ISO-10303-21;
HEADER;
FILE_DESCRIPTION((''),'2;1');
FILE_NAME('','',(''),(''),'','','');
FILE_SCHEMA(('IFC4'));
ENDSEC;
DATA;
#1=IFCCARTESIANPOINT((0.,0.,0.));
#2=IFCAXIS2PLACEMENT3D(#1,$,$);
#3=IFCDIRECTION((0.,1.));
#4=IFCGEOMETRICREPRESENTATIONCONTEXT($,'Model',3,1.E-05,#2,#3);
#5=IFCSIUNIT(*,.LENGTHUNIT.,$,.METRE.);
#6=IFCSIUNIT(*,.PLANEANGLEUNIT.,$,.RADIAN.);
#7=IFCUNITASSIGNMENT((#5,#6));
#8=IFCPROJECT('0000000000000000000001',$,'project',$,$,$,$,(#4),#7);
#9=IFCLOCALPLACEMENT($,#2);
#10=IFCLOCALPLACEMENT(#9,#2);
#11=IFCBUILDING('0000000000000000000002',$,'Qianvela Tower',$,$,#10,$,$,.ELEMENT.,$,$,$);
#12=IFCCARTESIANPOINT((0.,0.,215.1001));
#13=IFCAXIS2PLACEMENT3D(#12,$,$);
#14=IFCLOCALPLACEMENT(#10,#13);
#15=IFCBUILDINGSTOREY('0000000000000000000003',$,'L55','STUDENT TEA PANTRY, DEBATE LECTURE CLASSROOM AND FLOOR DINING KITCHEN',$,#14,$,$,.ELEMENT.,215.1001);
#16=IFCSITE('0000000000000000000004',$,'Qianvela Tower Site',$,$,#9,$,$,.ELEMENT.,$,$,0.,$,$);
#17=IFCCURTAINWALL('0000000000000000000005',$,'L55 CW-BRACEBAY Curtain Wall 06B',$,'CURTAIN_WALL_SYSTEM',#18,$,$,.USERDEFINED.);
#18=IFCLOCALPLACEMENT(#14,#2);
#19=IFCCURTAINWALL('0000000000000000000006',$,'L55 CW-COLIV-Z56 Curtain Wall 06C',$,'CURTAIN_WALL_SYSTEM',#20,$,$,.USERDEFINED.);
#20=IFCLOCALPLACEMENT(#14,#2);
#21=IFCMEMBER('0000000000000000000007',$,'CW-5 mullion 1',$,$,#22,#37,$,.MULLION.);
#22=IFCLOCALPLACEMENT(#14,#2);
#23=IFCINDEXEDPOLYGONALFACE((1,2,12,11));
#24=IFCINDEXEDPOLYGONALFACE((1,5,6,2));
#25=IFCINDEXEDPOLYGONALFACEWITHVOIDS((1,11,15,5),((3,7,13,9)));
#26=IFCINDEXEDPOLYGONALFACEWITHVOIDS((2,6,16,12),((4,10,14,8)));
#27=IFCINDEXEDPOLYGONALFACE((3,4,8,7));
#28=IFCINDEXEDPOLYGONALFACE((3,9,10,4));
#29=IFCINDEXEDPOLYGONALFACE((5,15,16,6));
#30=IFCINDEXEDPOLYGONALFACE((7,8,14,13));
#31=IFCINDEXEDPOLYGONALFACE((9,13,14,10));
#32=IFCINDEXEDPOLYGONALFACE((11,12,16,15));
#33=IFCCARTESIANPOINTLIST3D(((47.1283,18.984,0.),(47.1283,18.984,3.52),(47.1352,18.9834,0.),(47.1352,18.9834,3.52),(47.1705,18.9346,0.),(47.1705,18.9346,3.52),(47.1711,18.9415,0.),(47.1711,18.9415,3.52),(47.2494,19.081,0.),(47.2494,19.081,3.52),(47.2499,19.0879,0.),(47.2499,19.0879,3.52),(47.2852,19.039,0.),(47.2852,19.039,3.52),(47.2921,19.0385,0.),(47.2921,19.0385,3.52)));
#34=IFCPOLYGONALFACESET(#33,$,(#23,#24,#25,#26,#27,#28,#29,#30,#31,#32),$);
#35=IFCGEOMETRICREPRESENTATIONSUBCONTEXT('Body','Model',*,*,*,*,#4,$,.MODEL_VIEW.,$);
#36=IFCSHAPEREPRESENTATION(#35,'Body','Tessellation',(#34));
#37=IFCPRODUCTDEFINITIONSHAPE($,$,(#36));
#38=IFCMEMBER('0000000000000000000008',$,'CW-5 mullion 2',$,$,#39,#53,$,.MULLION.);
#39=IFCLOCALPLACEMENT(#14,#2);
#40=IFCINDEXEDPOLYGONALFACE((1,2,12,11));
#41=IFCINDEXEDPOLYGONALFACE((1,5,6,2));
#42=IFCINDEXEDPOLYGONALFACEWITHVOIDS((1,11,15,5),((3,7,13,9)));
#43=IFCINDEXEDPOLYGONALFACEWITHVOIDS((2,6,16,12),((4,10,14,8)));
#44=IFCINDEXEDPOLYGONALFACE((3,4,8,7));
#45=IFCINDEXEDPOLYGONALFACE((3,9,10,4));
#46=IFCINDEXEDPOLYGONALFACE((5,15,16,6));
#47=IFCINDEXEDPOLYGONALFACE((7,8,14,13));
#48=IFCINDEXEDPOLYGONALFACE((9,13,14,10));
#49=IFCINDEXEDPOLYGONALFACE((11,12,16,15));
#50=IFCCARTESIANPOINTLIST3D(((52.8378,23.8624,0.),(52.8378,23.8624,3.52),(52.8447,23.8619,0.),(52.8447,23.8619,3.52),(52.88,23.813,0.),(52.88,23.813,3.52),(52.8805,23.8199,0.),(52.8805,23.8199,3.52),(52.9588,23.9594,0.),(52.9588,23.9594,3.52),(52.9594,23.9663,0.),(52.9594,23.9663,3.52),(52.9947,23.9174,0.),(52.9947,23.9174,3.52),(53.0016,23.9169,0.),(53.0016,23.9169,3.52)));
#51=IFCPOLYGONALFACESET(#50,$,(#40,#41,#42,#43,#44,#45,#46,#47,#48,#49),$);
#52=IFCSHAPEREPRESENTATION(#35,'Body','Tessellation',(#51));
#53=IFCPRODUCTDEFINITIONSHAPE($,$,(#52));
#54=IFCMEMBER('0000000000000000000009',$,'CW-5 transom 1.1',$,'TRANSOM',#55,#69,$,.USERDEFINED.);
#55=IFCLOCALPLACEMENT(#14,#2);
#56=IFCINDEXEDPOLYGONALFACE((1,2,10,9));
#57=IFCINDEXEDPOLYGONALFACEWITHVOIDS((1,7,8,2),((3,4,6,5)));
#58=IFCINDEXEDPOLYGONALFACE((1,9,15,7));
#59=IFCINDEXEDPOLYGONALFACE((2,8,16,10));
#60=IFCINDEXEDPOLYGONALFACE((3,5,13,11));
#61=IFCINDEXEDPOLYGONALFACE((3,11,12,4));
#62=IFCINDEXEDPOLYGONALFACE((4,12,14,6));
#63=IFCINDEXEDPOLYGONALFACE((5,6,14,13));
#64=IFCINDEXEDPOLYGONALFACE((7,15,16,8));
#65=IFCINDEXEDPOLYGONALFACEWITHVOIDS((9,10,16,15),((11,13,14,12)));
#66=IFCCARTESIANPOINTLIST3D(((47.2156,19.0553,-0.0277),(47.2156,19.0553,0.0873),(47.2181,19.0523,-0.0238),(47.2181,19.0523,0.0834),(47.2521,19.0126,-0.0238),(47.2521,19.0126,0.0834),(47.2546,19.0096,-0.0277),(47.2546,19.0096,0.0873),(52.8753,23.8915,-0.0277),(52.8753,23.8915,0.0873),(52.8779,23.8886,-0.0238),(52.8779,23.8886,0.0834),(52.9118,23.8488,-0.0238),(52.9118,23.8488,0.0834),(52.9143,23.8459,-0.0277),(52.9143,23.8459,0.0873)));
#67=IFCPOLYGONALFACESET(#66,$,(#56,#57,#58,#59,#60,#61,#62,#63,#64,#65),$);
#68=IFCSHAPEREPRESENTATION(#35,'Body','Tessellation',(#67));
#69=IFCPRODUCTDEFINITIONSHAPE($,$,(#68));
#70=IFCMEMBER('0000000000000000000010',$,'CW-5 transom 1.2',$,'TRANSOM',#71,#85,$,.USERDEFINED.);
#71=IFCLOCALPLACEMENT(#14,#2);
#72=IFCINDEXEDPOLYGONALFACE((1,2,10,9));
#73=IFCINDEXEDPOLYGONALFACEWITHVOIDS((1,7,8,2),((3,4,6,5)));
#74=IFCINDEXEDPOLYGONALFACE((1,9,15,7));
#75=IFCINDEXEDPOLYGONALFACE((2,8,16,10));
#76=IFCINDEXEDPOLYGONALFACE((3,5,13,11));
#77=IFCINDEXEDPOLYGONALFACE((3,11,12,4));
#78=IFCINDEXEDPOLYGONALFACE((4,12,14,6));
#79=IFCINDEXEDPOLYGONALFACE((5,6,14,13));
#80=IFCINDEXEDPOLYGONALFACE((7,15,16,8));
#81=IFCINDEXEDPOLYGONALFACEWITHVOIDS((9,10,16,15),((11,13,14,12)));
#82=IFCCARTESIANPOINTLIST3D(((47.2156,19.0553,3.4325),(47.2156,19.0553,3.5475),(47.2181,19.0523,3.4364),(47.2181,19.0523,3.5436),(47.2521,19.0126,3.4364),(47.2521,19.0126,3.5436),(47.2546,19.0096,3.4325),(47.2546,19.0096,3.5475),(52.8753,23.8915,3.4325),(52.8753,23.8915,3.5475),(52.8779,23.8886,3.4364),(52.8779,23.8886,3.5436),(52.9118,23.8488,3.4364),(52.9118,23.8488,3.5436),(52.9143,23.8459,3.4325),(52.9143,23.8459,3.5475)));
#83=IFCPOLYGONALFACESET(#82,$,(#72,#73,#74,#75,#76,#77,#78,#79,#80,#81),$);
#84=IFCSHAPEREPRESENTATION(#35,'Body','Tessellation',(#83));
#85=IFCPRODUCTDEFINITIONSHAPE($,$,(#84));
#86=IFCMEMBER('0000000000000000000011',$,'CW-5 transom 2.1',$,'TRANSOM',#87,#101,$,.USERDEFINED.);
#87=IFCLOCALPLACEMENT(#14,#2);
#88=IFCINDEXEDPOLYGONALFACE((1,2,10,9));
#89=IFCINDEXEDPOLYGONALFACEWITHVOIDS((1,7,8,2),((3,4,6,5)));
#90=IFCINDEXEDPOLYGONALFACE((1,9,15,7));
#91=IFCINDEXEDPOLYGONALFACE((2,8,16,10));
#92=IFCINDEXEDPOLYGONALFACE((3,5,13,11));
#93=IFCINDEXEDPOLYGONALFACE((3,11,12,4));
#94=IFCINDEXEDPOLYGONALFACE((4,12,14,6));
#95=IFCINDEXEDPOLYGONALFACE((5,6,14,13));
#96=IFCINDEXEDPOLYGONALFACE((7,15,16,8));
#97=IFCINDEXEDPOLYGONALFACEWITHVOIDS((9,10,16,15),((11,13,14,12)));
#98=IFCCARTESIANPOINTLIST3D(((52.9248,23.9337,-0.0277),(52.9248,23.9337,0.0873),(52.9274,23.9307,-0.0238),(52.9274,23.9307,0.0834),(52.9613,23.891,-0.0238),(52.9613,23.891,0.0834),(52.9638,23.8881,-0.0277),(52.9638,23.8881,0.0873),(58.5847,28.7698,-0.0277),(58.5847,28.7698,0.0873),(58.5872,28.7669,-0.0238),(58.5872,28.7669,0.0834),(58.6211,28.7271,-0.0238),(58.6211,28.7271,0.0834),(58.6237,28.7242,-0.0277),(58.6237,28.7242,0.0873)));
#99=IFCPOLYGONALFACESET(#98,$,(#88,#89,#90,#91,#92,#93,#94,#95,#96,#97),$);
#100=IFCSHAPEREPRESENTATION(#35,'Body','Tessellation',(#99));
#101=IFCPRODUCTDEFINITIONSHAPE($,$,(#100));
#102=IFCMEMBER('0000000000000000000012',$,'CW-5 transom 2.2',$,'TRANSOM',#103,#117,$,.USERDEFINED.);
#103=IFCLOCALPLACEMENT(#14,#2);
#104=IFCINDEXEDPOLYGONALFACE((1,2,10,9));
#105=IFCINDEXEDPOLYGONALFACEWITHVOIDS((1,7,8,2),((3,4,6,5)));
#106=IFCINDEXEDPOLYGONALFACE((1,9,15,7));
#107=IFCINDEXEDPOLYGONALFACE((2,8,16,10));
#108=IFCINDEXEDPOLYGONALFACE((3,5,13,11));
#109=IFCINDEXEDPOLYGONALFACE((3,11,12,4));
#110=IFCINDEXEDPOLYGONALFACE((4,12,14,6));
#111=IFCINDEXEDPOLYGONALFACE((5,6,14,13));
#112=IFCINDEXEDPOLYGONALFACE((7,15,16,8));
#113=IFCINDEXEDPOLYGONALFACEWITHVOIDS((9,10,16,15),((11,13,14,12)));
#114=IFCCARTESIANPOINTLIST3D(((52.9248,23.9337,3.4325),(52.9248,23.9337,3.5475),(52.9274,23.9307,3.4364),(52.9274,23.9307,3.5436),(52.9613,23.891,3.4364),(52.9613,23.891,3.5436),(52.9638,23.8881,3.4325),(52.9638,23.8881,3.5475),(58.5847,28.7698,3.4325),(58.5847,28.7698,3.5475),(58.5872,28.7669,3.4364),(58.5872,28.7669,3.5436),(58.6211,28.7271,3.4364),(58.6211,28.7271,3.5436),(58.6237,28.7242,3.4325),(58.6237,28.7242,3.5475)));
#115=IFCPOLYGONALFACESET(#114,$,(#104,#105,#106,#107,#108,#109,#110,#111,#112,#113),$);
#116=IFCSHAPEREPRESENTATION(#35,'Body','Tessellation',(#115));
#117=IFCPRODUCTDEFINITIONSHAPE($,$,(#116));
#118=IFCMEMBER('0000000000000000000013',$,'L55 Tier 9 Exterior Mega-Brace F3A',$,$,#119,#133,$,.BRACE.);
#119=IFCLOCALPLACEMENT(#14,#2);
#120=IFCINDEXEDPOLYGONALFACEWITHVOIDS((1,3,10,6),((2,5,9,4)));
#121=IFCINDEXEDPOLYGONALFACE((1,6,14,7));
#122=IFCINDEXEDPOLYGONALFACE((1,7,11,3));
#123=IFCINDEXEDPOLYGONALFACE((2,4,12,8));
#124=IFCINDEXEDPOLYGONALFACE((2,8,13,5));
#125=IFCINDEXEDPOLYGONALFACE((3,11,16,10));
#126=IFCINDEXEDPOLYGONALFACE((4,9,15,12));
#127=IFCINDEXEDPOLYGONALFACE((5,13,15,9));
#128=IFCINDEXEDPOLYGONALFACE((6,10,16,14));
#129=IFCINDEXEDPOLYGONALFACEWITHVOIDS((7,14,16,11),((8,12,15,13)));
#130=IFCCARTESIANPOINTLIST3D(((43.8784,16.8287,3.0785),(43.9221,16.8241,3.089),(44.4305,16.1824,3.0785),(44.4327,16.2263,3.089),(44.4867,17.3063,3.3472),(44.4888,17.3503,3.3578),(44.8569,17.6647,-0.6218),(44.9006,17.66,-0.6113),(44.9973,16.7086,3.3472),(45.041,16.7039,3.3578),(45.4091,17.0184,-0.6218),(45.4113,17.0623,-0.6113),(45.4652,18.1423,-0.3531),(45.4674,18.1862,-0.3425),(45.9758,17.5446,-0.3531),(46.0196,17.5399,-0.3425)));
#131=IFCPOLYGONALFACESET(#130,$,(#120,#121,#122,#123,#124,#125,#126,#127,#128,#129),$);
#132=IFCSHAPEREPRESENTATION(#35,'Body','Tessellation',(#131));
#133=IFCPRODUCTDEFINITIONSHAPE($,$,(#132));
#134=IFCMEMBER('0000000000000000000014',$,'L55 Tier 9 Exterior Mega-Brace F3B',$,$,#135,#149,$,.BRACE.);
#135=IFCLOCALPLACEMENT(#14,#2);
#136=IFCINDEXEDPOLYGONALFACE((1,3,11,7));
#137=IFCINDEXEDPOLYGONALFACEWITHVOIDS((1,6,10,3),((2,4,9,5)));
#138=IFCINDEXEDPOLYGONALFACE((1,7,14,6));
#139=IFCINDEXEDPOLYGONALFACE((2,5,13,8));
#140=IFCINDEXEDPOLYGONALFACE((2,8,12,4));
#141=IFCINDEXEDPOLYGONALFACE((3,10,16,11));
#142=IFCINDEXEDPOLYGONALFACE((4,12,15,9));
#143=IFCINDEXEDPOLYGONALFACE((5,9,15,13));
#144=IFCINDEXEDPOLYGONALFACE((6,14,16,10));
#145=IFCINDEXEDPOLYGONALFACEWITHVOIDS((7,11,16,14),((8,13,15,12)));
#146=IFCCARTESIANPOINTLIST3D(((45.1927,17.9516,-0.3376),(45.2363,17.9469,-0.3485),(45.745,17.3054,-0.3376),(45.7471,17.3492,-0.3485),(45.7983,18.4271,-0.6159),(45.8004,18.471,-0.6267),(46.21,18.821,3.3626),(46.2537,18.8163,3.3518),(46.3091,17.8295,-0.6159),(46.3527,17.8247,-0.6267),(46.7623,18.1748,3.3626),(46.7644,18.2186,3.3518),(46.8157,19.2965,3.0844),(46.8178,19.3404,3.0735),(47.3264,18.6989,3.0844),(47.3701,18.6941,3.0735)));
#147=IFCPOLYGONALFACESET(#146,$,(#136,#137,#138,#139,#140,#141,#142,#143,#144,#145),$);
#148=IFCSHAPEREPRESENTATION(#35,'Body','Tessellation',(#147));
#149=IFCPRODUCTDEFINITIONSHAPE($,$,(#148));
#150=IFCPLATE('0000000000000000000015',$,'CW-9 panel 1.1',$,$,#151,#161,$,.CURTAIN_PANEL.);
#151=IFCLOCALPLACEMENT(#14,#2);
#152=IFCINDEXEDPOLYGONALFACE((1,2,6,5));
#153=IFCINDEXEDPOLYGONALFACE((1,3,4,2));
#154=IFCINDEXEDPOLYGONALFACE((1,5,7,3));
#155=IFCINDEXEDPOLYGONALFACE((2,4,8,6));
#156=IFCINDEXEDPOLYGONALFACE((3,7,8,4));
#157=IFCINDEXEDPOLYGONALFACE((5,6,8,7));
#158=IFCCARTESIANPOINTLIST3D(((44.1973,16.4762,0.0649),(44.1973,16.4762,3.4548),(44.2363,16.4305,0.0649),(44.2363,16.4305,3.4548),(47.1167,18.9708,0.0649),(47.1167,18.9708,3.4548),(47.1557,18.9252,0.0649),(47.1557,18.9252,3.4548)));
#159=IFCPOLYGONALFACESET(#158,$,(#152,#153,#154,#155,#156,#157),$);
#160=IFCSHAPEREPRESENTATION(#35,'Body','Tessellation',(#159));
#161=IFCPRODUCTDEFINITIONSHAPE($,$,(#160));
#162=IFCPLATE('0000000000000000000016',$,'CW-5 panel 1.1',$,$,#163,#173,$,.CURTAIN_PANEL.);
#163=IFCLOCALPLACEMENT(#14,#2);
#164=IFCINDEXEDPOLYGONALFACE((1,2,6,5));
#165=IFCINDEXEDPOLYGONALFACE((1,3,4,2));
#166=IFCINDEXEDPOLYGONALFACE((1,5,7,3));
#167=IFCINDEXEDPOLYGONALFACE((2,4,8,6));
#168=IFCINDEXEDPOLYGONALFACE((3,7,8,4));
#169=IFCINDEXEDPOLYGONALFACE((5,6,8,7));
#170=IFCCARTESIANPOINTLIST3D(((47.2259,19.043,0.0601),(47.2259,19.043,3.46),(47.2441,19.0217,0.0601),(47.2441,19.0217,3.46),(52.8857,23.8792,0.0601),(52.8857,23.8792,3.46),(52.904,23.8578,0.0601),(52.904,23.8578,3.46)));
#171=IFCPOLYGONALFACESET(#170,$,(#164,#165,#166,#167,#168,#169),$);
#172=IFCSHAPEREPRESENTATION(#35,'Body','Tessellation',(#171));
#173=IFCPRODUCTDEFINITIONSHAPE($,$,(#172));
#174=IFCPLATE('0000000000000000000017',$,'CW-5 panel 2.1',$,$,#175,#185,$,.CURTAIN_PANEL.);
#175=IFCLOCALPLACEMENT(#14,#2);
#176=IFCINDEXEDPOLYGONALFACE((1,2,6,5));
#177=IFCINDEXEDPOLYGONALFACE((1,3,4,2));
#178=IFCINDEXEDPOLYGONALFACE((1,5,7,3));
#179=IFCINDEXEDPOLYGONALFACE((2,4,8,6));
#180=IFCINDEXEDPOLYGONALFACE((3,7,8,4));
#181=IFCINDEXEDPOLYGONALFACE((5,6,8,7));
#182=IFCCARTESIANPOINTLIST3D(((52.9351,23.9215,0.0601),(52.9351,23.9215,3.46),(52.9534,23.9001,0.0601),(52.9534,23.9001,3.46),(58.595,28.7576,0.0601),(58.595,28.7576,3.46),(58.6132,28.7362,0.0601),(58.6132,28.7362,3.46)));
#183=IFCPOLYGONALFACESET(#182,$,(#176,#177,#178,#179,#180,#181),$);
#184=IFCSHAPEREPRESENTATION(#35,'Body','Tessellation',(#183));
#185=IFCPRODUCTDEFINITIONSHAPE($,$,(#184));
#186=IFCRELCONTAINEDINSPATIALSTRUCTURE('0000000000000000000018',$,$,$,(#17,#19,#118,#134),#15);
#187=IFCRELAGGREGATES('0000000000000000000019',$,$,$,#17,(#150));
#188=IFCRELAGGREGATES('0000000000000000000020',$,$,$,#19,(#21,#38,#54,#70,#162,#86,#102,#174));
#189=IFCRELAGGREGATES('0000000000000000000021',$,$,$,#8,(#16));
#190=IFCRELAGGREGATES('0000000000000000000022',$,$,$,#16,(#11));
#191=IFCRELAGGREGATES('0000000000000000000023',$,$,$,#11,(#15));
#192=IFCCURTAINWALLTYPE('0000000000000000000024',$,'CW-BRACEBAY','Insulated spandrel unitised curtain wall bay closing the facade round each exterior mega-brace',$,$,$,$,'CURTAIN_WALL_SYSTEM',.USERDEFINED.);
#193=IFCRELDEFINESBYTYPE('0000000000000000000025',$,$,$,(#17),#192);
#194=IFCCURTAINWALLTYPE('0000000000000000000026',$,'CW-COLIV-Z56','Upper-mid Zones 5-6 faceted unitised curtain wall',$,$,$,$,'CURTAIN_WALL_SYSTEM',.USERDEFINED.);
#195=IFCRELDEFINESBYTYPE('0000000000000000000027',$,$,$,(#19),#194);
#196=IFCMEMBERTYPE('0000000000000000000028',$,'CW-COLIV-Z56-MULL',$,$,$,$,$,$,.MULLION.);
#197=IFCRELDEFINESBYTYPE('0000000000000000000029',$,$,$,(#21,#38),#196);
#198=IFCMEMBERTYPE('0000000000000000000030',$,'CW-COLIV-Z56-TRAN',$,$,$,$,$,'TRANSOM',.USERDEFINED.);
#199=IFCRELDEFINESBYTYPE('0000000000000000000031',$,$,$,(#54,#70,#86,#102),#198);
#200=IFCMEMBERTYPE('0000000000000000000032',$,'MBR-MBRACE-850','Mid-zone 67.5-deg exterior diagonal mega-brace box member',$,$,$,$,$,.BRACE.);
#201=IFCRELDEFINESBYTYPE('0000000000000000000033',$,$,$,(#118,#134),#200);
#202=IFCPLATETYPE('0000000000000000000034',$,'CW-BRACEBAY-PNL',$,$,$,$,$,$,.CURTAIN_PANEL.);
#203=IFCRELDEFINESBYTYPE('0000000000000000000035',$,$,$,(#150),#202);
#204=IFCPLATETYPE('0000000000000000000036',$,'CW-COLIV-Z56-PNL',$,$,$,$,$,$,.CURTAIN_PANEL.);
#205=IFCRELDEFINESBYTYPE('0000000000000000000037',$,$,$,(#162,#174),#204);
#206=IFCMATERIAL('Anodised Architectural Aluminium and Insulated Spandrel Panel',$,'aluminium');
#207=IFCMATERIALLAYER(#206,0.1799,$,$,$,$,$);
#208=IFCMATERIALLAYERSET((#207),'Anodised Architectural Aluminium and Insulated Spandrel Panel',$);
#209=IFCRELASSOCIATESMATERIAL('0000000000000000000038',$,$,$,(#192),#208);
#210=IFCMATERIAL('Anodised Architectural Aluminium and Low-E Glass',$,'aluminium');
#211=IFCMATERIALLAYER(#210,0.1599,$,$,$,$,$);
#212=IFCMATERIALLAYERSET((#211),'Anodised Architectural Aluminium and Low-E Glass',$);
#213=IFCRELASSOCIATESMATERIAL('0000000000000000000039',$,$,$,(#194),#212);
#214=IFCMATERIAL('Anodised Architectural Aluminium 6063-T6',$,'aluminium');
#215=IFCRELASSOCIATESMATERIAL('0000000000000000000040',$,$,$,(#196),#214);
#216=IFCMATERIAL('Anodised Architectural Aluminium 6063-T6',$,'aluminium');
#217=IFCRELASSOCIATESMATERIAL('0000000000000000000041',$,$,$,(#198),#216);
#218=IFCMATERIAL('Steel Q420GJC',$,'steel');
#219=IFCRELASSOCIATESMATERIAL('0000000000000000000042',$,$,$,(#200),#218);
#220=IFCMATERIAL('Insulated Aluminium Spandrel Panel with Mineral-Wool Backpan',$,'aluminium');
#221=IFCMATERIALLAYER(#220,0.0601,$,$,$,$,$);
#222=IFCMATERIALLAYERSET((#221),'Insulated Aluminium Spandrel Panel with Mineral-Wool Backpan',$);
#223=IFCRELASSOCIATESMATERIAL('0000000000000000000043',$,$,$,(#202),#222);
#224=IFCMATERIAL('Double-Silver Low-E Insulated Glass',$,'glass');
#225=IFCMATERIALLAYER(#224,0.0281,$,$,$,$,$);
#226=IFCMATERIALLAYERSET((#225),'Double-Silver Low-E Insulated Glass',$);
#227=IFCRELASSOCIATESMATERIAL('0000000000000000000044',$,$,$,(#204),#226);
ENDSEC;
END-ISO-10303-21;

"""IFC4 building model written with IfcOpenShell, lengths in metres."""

from ifc_helpers import new_model, si_unit, direction, frame, origin, origin_2d, place, context, subcontext, project, spatial, rectangle, hollow_rectangle, extrude, material, layer, layer_set, material_profile, profile_set, type_object, element, aggregate, save


model = new_model("IFC4")

# Units and contexts
model_context = context("Model", 3, precision=1e-05, world=origin(), true_north=direction((0.0, 1.0)))
body_context = subcontext(model_context, "Body", "Model", "MODEL_VIEW")
ifc_project = project(units=[si_unit("LENGTHUNIT", "METRE"), si_unit("PLANEANGLEUNIT", "RADIAN")], contexts=[model_context])

# Site, building, storey
site_placement = place(None, origin())
site = spatial("IfcSite", under=ifc_project, at=site_placement, Name="Qianvela Tower Site", CompositionType="ELEMENT", RefElevation=0.0)
building_placement = place(site_placement, origin())
building = spatial("IfcBuilding", under=site, at=building_placement, Name="Qianvela Tower", CompositionType="ELEMENT")
storey_placement = place(building_placement, frame((0.0, 0.0, 215.1001)))
storey = spatial("IfcBuildingStorey", under=building, at=storey_placement, Name="L55", Description="STUDENT TEA PANTRY, DEBATE LECTURE CLASSROOM AND FLOOR DINING KITCHEN", CompositionType="ELEMENT", Elevation=215.1001)

# Curtain wall
ifc_material_1 = material(Name="Anodised Architectural Aluminium and Insulated Spandrel Panel", Category="aluminium")
ifc_layer_1 = layer(ifc_material_1, 0.1799)
ifc_layer_set_1 = layer_set([ifc_layer_1], Name="Anodised Architectural Aluminium and Insulated Spandrel Panel")
curtain_wall_type_1 = type_object("IfcCurtainWallType", Name="CW-BRACEBAY", Description="Insulated spandrel unitised curtain wall bay closing the facade round each exterior mega-brace", ElementType="CURTAIN_WALL_SYSTEM", PredefinedType="USERDEFINED", material=ifc_layer_set_1)
curtain_wall_1_placement = place(storey_placement, origin())
curtain_wall_1 = element("IfcCurtainWall", 1, at=curtain_wall_1_placement, inside=storey, type_object=curtain_wall_type_1, Name="L55 CW-BRACEBAY Curtain Wall 06B", ObjectType="CURTAIN_WALL_SYSTEM", PredefinedType="USERDEFINED")

# Curtain wall, members
ifc_material_2 = material(Name="Anodised Architectural Aluminium and Low-E Glass", Category="aluminium")
ifc_layer_2 = layer(ifc_material_2, 0.1599)
ifc_layer_set_2 = layer_set([ifc_layer_2], Name="Anodised Architectural Aluminium and Low-E Glass")
curtain_wall_type_2 = type_object("IfcCurtainWallType", Name="CW-COLIV-Z56", Description="Upper-mid Zones 5-6 faceted unitised curtain wall", ElementType="CURTAIN_WALL_SYSTEM", PredefinedType="USERDEFINED", material=ifc_layer_set_2)
curtain_wall_2_placement = place(storey_placement, origin())
curtain_wall_2 = element("IfcCurtainWall", 2, at=curtain_wall_2_placement, inside=storey, type_object=curtain_wall_type_2, Name="L55 CW-COLIV-Z56 Curtain Wall 06C", ObjectType="CURTAIN_WALL_SYSTEM", PredefinedType="USERDEFINED")
ifc_material_3 = material(Name="Anodised Architectural Aluminium 6063-T6", Category="aluminium")
ifc_material_profile_1 = material_profile(ifc_material_3, hollow_rectangle(XDim=0.0649, YDim=0.1599, WallThickness=0.0049, at=origin_2d()), Name="ALU-MULL-65x160")
ifc_profile_set_1 = profile_set([ifc_material_profile_1], Name="Anodised Architectural Aluminium 6063-T6")
member_type_1 = type_object("IfcMemberType", Name="CW-COLIV-Z56-MULL", PredefinedType="MULLION", material=ifc_profile_set_1)
member_1_placement = place(storey_placement, frame((47.2102, 19.0112, 0.0), z_axis=(0.0, 0.0, 1.0), x_axis=(-0.649617, 0.760262, 0.0)))
member_1 = element("IfcMember", 3, at=member_1_placement, type_object=member_type_1, Name="CW-5 mullion 1", PredefinedType="MULLION", context=body_context, shape_type="SweptSolid", body=[
    extrude(hollow_rectangle(XDim=0.0649, YDim=0.1599, WallThickness=0.0049, at=origin_2d()), origin(), (0.0, 0.0, 1.0), 3.52),
])
member_2_placement = place(storey_placement, frame((52.9197, 23.8896, 0.0), z_axis=(0.0, 0.0, 1.0), x_axis=(-0.649617, 0.760262, 0.0)))
member_2 = element("IfcMember", 4, at=member_2_placement, type_object=member_type_1, Name="CW-5 mullion 2", PredefinedType="MULLION", context=body_context, shape_type="SweptSolid", body=[
    extrude(hollow_rectangle(XDim=0.0649, YDim=0.1599, WallThickness=0.0049, at=origin_2d()), origin(), (0.0, 0.0, 1.0), 3.52),
])
ifc_material_4 = material(Name="Anodised Architectural Aluminium 6063-T6", Category="aluminium")
ifc_material_profile_2 = material_profile(ifc_material_4, hollow_rectangle(XDim=0.0601, YDim=0.115, WallThickness=0.0039, at=origin_2d()), Name="ALU-TRAN-60x115")
ifc_profile_set_2 = profile_set([ifc_material_profile_2], Name="Anodised Architectural Aluminium 6063-T6")
member_type_2 = type_object("IfcMemberType", Name="CW-COLIV-Z56-TRAN", ElementType="TRANSOM", PredefinedType="USERDEFINED", material=ifc_profile_set_2)
member_3_placement = place(storey_placement, frame((47.2351, 19.0325, 0.0298), z_axis=(0.760249, 0.649632, 0.0), x_axis=(-0.649632, 0.760249, 0.0)))
member_3 = element("IfcMember", 5, at=member_3_placement, type_object=member_type_2, Name="CW-5 transom 1.1", ObjectType="TRANSOM", PredefinedType="USERDEFINED", context=body_context, shape_type="SweptSolid", body=[
    extrude(hollow_rectangle(XDim=0.0601, YDim=0.115, WallThickness=0.0039, at=origin_2d()), origin(), (0.0, 0.0, 1.0), 7.4446),
])
member_4_placement = place(storey_placement, frame((47.2351, 19.0325, 3.49), z_axis=(0.760249, 0.649632, 0.0), x_axis=(-0.649632, 0.760249, 0.0)))
member_4 = element("IfcMember", 6, at=member_4_placement, type_object=member_type_2, Name="CW-5 transom 1.2", ObjectType="TRANSOM", PredefinedType="USERDEFINED", context=body_context, shape_type="SweptSolid", body=[
    extrude(hollow_rectangle(XDim=0.0601, YDim=0.115, WallThickness=0.0039, at=origin_2d()), origin(), (0.0, 0.0, 1.0), 7.4446),
])
member_5_placement = place(storey_placement, frame((52.9443, 23.9109, 0.0298), z_axis=(0.760263, 0.649616, 0.0), x_axis=(-0.649616, 0.760263, 0.0)))
member_5 = element("IfcMember", 7, at=member_5_placement, type_object=member_type_2, Name="CW-5 transom 2.1", ObjectType="TRANSOM", PredefinedType="USERDEFINED", context=body_context, shape_type="SweptSolid", body=[
    extrude(hollow_rectangle(XDim=0.0601, YDim=0.115, WallThickness=0.0039, at=origin_2d()), origin(), (0.0, 0.0, 1.0), 7.4446),
])
member_6_placement = place(storey_placement, frame((52.9443, 23.9109, 3.49), z_axis=(0.760263, 0.649616, 0.0), x_axis=(-0.649616, 0.760263, 0.0)))
member_6 = element("IfcMember", 8, at=member_6_placement, type_object=member_type_2, Name="CW-5 transom 2.2", ObjectType="TRANSOM", PredefinedType="USERDEFINED", context=body_context, shape_type="SweptSolid", body=[
    extrude(hollow_rectangle(XDim=0.0601, YDim=0.115, WallThickness=0.0039, at=origin_2d()), origin(), (0.0, 0.0, 1.0), 7.4446),
])

# Members
ifc_material_5 = material(Name="Steel Q420GJC", Category="steel")
ifc_material_profile_3 = material_profile(ifc_material_5, hollow_rectangle(XDim=0.8501, YDim=0.8501, WallThickness=0.032, at=origin_2d()), Name="MBOX-850x850x32")
ifc_profile_set_3 = profile_set([ifc_material_profile_3], Name="Steel Q420GJC")
member_type_3 = type_object("IfcMemberType", Name="MBR-MBRACE-850", Description="Mid-zone 67.5-deg exterior diagonal mega-brace box member", PredefinedType="BRACE", material=ifc_profile_set_3)
member_7_placement = place(storey_placement, frame((45.4382, 17.6023, -0.4822), z_axis=(-0.249773, -0.213379, 0.944501), x_axis=(0.649541, -0.760327, 0.0)))
element("IfcMember", 9, at=member_7_placement, inside=storey, type_object=member_type_3, Name="L55 Tier 9 Exterior Mega-Brace F3A", PredefinedType="BRACE", context=body_context, shape_type="SweptSolid", body=[
    extrude(hollow_rectangle(XDim=0.8501, YDim=0.8501, WallThickness=0.032, at=origin_2d()), origin(), (0.0, 0.0, 1.0), 3.9177),
])
member_8_placement = place(storey_placement, frame((45.7727, 17.8882, -0.4822), z_axis=(0.258551, 0.220951, 0.940389), x_axis=(-0.649664, 0.760222, 0.0)))
element("IfcMember", 10, at=member_8_placement, inside=storey, type_object=member_type_3, Name="L55 Tier 9 Exterior Mega-Brace F3B", PredefinedType="BRACE", context=body_context, shape_type="SweptSolid", body=[
    extrude(hollow_rectangle(XDim=0.8501, YDim=0.8501, WallThickness=0.032, at=origin_2d()), origin(), (0.0, 0.0, 1.0), 3.9348),
])

# Plates
ifc_material_6 = material(Name="Insulated Aluminium Spandrel Panel with Mineral-Wool Backpan", Category="aluminium")
ifc_layer_3 = layer(ifc_material_6, 0.0601)
ifc_layer_set_3 = layer_set([ifc_layer_3], Name="Insulated Aluminium Spandrel Panel with Mineral-Wool Backpan")
plate_type_1 = type_object("IfcPlateType", Name="CW-BRACEBAY-PNL", PredefinedType="CURTAIN_PANEL", material=ifc_layer_set_3)
plate_1_placement = place(storey_placement, frame((45.6765, 17.7007, 0.0649), z_axis=(0.0, 0.0, 1.0), x_axis=(0.760255, 0.649625, 0.0)))
plate_1 = element("IfcPlate", 11, at=plate_1_placement, type_object=plate_type_1, Name="CW-9 panel 1.1", PredefinedType="CURTAIN_PANEL", context=body_context, shape_type="SweptSolid", body=[
    extrude(rectangle(XDim=3.8401, YDim=0.0601, at=origin_2d()), origin(), (0.0, 0.0, 1.0), 3.3899),
])
aggregate(curtain_wall_1, [plate_1])
ifc_material_7 = material(Name="Double-Silver Low-E Insulated Glass", Category="glass")
ifc_layer_4 = layer(ifc_material_7, 0.0281)
ifc_layer_set_4 = layer_set([ifc_layer_4], Name="Double-Silver Low-E Insulated Glass")
plate_type_2 = type_object("IfcPlateType", Name="CW-COLIV-Z56-PNL", PredefinedType="CURTAIN_PANEL", material=ifc_layer_set_4)
plate_2_placement = place(storey_placement, frame((50.0649, 21.4504, 0.0601), z_axis=(0.0, 0.0, 1.0), x_axis=(0.760262, 0.649617, 0.0)))
plate_2 = element("IfcPlate", 12, at=plate_2_placement, type_object=plate_type_2, Name="CW-5 panel 1.1", PredefinedType="CURTAIN_PANEL", context=body_context, shape_type="SweptSolid", body=[
    extrude(rectangle(XDim=7.4446, YDim=0.0281, at=origin_2d()), origin(), (0.0, 0.0, 1.0), 3.3999),
])
plate_3_placement = place(storey_placement, frame((55.7742, 26.3289, 0.0601), z_axis=(0.0, 0.0, 1.0), x_axis=(0.760262, 0.649617, 0.0)))
plate_3 = element("IfcPlate", 13, at=plate_3_placement, type_object=plate_type_2, Name="CW-5 panel 2.1", PredefinedType="CURTAIN_PANEL", context=body_context, shape_type="SweptSolid", body=[
    extrude(rectangle(XDim=7.4446, YDim=0.0281, at=origin_2d()), origin(), (0.0, 0.0, 1.0), 3.3999),
])
aggregate(curtain_wall_2, [member_1, member_2, member_3, member_4, plate_2, member_5, member_6, plate_3])

save(model, "model.ifc")
